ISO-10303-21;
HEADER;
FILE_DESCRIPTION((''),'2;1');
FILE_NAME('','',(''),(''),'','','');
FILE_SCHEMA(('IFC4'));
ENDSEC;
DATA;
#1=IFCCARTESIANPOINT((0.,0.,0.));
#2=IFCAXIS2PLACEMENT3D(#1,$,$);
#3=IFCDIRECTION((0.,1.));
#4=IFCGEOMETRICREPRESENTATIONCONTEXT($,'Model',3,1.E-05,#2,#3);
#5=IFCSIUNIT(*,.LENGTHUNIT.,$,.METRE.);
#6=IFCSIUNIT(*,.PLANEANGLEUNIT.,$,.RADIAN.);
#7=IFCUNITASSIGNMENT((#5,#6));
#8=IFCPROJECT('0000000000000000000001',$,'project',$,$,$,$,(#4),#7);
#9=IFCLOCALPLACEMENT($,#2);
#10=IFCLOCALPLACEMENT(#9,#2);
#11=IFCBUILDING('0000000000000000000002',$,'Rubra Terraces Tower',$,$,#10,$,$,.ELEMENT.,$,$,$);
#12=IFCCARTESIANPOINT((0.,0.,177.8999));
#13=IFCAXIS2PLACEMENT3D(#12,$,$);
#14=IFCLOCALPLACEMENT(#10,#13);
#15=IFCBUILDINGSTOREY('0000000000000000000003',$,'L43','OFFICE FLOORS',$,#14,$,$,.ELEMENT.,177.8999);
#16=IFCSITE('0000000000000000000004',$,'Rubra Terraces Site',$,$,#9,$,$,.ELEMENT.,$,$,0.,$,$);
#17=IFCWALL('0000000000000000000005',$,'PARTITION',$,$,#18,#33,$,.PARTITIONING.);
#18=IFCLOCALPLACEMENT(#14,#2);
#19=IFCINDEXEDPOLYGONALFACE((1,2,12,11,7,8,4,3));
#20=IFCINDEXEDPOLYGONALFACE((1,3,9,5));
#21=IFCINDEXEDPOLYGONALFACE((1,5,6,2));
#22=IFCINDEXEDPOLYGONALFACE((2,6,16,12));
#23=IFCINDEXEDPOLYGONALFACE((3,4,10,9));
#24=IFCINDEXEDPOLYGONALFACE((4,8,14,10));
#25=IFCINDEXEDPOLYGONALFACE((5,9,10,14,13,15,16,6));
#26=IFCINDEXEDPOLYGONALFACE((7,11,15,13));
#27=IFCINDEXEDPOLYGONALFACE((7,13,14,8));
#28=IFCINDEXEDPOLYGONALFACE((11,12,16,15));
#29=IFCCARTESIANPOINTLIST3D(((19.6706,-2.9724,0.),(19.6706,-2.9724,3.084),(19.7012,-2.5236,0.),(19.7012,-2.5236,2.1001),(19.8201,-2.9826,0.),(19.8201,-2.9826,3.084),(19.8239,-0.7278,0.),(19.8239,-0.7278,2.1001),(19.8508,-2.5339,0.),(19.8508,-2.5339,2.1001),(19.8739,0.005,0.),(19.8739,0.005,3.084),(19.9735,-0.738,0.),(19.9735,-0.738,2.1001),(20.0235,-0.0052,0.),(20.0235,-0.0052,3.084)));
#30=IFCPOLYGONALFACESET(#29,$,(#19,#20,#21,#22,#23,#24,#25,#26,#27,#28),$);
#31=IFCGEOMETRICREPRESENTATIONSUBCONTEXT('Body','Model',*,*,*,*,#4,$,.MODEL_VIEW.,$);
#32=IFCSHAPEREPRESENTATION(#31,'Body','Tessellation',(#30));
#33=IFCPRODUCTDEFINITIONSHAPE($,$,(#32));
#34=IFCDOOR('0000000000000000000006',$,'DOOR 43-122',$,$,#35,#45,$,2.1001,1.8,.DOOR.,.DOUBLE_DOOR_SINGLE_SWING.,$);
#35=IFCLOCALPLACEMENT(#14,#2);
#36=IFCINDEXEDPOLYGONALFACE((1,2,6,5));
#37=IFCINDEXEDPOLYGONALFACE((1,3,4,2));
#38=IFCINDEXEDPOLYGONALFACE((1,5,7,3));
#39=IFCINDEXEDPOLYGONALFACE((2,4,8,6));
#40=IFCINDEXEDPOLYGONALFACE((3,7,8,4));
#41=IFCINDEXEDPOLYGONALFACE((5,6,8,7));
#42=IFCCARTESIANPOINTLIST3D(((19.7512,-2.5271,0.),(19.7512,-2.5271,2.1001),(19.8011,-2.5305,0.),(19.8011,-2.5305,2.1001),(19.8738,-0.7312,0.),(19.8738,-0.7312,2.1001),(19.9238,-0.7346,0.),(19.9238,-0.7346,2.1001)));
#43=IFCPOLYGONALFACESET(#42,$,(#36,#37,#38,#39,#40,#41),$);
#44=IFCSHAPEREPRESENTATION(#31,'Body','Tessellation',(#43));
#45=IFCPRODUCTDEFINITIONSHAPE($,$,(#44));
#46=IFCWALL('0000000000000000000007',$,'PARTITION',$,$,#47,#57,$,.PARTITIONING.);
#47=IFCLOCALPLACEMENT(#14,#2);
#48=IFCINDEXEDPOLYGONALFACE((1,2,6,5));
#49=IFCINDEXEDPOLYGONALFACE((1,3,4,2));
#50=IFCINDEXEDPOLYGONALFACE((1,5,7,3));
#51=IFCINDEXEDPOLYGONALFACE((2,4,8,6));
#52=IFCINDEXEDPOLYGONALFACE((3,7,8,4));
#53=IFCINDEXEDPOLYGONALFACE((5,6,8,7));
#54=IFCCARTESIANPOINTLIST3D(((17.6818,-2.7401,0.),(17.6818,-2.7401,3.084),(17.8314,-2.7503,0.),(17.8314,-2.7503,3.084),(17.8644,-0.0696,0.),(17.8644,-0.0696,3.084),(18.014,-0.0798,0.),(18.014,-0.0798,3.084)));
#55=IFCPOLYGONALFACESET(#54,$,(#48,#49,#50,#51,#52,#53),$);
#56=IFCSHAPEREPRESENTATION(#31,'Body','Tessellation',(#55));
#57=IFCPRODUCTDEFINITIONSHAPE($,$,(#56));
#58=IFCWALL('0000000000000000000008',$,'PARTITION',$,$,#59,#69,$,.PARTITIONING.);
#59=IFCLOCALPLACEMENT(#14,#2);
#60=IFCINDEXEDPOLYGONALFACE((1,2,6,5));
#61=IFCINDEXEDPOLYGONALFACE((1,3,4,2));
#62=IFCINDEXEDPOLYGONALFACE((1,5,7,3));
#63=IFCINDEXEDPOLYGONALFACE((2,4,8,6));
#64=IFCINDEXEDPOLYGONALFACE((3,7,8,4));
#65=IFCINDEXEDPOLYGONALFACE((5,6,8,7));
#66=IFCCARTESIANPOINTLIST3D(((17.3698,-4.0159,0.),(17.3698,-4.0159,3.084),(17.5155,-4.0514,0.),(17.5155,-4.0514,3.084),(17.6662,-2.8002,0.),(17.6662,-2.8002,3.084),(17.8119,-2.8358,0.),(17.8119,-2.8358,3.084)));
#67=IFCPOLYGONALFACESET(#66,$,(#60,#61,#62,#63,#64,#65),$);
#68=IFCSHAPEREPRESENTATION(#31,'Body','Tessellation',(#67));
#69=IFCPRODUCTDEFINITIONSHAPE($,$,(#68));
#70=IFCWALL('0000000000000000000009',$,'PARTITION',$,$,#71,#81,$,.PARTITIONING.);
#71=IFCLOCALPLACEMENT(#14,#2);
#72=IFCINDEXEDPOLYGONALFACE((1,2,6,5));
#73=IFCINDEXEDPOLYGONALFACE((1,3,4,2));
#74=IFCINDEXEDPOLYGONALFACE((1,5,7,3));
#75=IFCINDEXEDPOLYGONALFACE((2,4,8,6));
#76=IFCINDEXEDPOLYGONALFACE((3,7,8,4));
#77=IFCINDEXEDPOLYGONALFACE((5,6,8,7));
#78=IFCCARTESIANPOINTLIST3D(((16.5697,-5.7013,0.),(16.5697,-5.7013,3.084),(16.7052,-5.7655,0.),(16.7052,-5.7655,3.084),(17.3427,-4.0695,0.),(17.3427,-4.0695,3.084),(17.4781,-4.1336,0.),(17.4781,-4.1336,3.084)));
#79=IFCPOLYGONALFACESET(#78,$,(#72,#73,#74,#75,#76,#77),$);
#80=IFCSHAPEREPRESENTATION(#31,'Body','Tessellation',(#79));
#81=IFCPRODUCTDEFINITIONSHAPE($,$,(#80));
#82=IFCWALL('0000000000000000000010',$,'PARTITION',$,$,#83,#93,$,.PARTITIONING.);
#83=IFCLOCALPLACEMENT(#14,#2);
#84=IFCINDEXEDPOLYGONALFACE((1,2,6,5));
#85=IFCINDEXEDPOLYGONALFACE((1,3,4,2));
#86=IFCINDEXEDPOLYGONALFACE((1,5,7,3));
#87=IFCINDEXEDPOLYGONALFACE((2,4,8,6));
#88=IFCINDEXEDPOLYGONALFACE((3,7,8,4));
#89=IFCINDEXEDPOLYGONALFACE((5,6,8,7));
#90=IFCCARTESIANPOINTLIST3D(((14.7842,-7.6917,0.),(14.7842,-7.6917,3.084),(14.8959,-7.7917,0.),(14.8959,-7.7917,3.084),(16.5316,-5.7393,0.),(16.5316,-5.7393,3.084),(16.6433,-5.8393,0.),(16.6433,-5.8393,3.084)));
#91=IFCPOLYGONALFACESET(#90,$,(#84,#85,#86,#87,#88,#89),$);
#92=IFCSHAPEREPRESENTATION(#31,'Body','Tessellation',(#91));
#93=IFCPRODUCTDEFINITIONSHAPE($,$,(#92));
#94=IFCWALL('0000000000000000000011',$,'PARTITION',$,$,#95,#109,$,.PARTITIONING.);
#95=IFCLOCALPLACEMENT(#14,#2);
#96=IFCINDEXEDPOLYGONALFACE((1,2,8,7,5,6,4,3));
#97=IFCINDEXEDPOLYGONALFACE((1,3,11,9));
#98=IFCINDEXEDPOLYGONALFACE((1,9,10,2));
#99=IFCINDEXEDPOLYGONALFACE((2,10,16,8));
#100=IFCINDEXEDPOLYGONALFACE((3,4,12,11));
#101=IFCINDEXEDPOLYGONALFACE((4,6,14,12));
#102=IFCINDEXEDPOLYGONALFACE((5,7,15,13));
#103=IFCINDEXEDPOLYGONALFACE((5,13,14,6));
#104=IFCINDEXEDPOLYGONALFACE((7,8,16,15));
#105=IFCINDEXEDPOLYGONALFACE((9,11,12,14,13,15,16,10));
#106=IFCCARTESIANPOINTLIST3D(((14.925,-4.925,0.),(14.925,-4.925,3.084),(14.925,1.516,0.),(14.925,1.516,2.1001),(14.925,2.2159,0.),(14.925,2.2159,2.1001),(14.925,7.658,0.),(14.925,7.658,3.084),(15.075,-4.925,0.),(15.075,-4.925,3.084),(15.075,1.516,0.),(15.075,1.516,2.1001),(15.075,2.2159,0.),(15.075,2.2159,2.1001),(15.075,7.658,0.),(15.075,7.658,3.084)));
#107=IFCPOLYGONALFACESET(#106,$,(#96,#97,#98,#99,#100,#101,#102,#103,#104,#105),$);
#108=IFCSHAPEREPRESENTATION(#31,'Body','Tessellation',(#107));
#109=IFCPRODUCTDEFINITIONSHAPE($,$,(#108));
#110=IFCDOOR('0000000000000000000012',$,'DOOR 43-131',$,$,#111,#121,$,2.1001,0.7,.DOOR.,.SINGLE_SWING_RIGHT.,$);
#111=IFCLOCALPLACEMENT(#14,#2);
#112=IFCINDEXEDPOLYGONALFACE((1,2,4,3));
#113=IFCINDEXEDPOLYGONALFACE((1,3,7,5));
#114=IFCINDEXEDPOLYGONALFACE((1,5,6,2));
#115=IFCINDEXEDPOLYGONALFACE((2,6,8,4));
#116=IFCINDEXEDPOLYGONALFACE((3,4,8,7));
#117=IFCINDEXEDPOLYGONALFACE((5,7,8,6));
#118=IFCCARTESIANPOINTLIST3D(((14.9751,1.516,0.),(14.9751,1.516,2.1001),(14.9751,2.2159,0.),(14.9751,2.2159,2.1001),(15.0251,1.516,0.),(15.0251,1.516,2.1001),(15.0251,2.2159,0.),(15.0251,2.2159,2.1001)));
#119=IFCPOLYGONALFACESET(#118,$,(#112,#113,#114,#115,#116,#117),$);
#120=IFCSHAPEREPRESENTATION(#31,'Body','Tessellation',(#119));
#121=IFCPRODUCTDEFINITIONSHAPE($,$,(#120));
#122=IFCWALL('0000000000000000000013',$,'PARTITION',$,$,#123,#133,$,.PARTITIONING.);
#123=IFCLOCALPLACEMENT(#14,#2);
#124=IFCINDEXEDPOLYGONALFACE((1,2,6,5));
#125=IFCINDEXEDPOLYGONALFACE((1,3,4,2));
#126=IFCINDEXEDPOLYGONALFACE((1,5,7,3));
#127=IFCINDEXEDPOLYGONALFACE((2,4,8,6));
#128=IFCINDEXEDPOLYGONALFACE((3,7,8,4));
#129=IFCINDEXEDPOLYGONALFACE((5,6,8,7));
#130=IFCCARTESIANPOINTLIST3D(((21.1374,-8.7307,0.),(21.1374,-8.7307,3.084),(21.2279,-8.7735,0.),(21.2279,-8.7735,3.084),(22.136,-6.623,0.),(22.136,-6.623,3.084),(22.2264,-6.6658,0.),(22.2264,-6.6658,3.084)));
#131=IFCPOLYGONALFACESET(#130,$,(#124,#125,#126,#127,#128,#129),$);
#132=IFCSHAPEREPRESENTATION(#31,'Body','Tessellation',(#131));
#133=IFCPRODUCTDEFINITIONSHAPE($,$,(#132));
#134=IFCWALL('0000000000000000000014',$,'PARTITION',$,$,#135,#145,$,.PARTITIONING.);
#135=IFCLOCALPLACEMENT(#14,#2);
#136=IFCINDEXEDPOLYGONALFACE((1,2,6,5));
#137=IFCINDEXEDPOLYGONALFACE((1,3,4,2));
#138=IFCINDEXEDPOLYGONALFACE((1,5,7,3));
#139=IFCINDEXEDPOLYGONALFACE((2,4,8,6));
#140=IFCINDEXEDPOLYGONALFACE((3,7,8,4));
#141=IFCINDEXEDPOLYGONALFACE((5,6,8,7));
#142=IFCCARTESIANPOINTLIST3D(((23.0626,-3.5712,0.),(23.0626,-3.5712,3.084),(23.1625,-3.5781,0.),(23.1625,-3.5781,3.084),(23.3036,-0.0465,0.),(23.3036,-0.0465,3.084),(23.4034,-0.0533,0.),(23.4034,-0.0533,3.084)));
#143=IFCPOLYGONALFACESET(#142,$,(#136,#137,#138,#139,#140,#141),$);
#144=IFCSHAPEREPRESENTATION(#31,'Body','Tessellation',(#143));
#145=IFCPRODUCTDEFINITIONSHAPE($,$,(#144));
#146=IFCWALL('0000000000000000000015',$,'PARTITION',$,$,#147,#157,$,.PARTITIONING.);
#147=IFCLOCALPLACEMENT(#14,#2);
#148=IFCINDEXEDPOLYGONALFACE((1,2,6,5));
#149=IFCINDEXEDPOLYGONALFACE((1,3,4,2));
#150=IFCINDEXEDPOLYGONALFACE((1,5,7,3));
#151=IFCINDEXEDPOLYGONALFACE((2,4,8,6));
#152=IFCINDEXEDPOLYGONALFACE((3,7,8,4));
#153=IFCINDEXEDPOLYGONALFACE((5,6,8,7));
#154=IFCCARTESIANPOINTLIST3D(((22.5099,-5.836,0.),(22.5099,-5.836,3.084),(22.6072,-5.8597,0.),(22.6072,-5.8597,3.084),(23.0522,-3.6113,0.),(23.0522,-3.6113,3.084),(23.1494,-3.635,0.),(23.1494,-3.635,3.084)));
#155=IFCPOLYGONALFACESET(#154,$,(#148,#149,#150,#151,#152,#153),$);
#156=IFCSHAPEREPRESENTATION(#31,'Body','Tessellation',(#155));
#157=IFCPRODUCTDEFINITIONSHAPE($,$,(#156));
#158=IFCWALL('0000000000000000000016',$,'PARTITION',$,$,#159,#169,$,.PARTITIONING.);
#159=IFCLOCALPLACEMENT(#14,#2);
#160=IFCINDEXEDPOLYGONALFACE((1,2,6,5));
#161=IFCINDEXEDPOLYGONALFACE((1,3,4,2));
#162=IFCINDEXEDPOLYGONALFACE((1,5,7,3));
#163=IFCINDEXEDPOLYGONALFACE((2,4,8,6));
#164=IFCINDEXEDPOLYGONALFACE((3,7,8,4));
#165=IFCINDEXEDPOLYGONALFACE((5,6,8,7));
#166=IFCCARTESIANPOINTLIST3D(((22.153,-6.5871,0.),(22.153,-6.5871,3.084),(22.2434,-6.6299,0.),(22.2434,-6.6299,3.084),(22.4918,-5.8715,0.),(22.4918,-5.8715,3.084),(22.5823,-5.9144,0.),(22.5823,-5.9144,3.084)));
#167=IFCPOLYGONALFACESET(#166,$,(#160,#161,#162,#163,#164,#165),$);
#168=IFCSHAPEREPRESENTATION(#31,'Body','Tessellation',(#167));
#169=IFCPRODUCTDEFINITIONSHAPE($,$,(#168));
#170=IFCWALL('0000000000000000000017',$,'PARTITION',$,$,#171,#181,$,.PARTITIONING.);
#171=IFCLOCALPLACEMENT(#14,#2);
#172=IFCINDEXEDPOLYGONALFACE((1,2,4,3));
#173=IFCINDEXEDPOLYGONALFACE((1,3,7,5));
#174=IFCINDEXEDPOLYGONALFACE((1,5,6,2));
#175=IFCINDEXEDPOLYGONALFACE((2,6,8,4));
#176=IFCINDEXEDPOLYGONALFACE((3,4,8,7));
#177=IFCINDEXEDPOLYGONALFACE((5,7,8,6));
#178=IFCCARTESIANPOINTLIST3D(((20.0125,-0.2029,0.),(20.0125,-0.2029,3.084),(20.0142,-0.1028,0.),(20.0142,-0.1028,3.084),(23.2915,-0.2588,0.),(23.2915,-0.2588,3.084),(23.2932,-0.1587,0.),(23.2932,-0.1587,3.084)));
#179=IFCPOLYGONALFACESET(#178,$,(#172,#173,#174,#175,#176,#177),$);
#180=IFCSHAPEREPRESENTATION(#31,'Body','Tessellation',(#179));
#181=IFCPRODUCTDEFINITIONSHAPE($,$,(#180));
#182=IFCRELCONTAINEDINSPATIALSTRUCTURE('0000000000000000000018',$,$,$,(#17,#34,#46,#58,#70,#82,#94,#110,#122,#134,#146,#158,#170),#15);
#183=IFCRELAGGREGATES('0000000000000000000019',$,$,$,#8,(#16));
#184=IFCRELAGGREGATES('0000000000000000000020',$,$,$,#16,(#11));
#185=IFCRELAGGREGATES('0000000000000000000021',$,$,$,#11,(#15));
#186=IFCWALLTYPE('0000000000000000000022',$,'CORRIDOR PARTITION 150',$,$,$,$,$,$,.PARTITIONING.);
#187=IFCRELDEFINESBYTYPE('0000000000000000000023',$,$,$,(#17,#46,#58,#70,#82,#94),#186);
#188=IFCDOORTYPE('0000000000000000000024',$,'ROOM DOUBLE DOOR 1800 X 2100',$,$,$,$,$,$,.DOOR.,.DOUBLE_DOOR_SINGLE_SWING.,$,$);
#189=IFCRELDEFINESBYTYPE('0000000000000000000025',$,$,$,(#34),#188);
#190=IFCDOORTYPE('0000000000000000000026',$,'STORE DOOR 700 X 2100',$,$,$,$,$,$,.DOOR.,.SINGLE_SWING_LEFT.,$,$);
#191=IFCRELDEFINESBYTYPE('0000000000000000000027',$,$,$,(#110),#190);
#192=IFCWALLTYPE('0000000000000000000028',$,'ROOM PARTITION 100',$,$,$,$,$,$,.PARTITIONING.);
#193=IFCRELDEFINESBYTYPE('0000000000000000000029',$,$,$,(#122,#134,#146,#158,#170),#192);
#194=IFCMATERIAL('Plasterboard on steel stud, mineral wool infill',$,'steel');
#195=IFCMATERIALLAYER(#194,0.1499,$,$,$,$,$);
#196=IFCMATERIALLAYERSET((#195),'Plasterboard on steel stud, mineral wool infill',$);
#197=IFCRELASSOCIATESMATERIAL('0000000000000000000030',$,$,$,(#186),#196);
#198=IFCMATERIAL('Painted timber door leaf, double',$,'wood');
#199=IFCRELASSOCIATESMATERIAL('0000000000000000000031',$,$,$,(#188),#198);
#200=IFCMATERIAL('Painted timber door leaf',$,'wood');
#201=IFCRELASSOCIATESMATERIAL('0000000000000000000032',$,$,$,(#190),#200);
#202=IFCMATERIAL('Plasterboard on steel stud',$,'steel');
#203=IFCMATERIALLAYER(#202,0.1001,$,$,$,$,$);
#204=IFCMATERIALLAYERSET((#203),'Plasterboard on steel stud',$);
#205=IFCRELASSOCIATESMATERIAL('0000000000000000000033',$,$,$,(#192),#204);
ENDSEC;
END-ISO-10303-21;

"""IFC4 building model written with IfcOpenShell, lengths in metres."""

from ifc_helpers import new_model, si_unit, direction, frame, frame_2d, origin, place, context, subcontext, project, spatial, rectangle, extrude, material, layer, layer_set, type_object, element, fill, save


model = new_model("IFC4")

# Units and contexts
model_context = context("Model", 3, precision=1e-05, world=origin(), true_north=direction((0.0, 1.0)))
body_context = subcontext(model_context, "Body", "Model", "MODEL_VIEW")
ifc_project = project(units=[si_unit("LENGTHUNIT", "METRE"), si_unit("PLANEANGLEUNIT", "RADIAN")], contexts=[model_context])

# Site, building, storey
site_placement = place(None, origin())
site = spatial("IfcSite", under=ifc_project, at=site_placement, Name="Rubra Terraces Site", CompositionType="ELEMENT", RefElevation=0.0)
building_placement = place(site_placement, origin())
building = spatial("IfcBuilding", under=site, at=building_placement, Name="Rubra Terraces Tower", CompositionType="ELEMENT")
storey_placement = place(building_placement, frame((0.0, 0.0, 177.8999)))
storey = spatial("IfcBuildingStorey", under=building, at=storey_placement, Name="L43", Description="OFFICE FLOORS", CompositionType="ELEMENT", Elevation=177.8999)

# Shared definitions
ifc_material_1 = material(Name="Plasterboard on steel stud, mineral wool infill", Category="steel")
ifc_layer_1 = layer(ifc_material_1, 0.1499)
ifc_layer_set_1 = layer_set([ifc_layer_1], Name="Plasterboard on steel stud, mineral wool infill")
wall_type_1 = type_object("IfcWallType", Name="CORRIDOR PARTITION 150", PredefinedType="PARTITIONING", material=ifc_layer_set_1)

# Wall, opening, door
wall_1_placement = place(storey_placement, frame((19.7454, -2.9775, 0.0), z_axis=(0.0, 0.0, 1.0), x_axis=(0.068142, 0.997676, 0.0)))
wall_1 = element("IfcWall", 1, at=wall_1_placement, inside=storey, type_object=wall_type_1, Name="PARTITION", PredefinedType="PARTITIONING", context=body_context, shape_type="SweptSolid", body=[
    extrude(rectangle(XDim=2.9844, YDim=0.1499, at=frame_2d((1.4922, 0.0))), origin(), (0.0, 0.0, 1.0), 3.084),
])
opening_1_placement = place(wall_1_placement, frame((0.45, 0.0, 0.0)))
opening_1 = element("IfcOpeningElement", 2, at=opening_1_placement, cuts=wall_1, PredefinedType="OPENING", context=body_context, shape_type="SweptSolid", body=[
    extrude(rectangle(XDim=1.8, YDim=2.1001, at=frame_2d((0.8999, 1.05))), frame((0.0, 0.085, 0.0), z_axis=(0.0, -1.0, 0.0), x_axis=(1.0, 0.0, 0.0)), (0.0, 0.0, 1.0), 0.1699),
])
ifc_material_2 = material(Name="Painted timber door leaf, double", Category="wood")
door_type_1 = type_object("IfcDoorType", Name="ROOM DOUBLE DOOR 1800 X 2100", OperationType="DOUBLE_DOOR_SINGLE_SWING", PredefinedType="DOOR", material=ifc_material_2)
door_1_placement = place(opening_1_placement, origin())
door_1 = element("IfcDoor", 3, at=door_1_placement, inside=storey, type_object=door_type_1, Name="DOOR 43-122", OperationType="DOUBLE_DOOR_SINGLE_SWING", OverallHeight=2.1001, OverallWidth=1.8, PredefinedType="DOOR", context=body_context, shape_type="SweptSolid", body=[
    extrude(rectangle(XDim=1.8, YDim=2.1001, at=frame_2d((0.8999, 1.05))), frame((0.0, 0.0249, 0.0), z_axis=(0.0, -1.0, 0.0), x_axis=(1.0, 0.0, 0.0)), (0.0, 0.0, 1.0), 0.05),
])
fill(opening_1, door_1)

# Walls
wall_2_placement = place(storey_placement, frame((17.9392, -0.0747, 0.0), z_axis=(0.0, 0.0, 1.0), x_axis=(-0.068226, -0.99767, 0.0)))
element("IfcWall", 4, at=wall_2_placement, inside=storey, type_object=wall_type_1, Name="PARTITION", PredefinedType="PARTITIONING", context=body_context, shape_type="SweptSolid", body=[
    extrude(rectangle(XDim=2.6768, YDim=0.1499, at=frame_2d((1.3384, 0.0))), origin(), (0.0, 0.0, 1.0), 3.084),
])
wall_3_placement = place(storey_placement, frame((17.739, -2.8181, 0.0), z_axis=(0.0, 0.0, 1.0), x_axis=(-0.236884, -0.971538, 0.0)))
element("IfcWall", 5, at=wall_3_placement, inside=storey, type_object=wall_type_1, Name="PARTITION", PredefinedType="PARTITIONING", context=body_context, shape_type="SweptSolid", body=[
    extrude(rectangle(XDim=1.2512, YDim=0.1499, at=frame_2d((0.6255, 0.0))), origin(), (0.0, 0.0, 1.0), 3.084),
])
wall_4_placement = place(storey_placement, frame((17.4104, -4.1016, 0.0), z_axis=(0.0, 0.0, 1.0), x_axis=(-0.428075, -0.903743, 0.0)))
element("IfcWall", 6, at=wall_4_placement, inside=storey, type_object=wall_type_1, Name="PARTITION", PredefinedType="PARTITIONING", context=body_context, shape_type="SweptSolid", body=[
    extrude(rectangle(XDim=1.8057, YDim=0.1499, at=frame_2d((0.9028, 0.0))), origin(), (0.0, 0.0, 1.0), 3.084),
])
wall_5_placement = place(storey_placement, frame((16.5874, -5.7893, 0.0), z_axis=(0.0, 0.0, 1.0), x_axis=(-0.666887, -0.745158, 0.0)))
element("IfcWall", 7, at=wall_5_placement, inside=storey, type_object=wall_type_1, Name="PARTITION", PredefinedType="PARTITIONING", context=body_context, shape_type="SweptSolid", body=[
    extrude(rectangle(XDim=2.6201, YDim=0.1499, at=frame_2d((1.3101, 0.0))), origin(), (0.0, 0.0, 1.0), 3.084),
])

# Wall, opening, door
wall_6_placement = place(storey_placement, frame((15.0, -4.925, 0.0), z_axis=(0.0, 0.0, 1.0), x_axis=(0.0, 1.0, 0.0)))
wall_6 = element("IfcWall", 8, at=wall_6_placement, inside=storey, type_object=wall_type_1, Name="PARTITION", PredefinedType="PARTITIONING", context=body_context, shape_type="SweptSolid", body=[
    extrude(rectangle(XDim=12.583, YDim=0.1499, at=frame_2d((6.2915, 0.0))), origin(), (0.0, 0.0, 1.0), 3.084),
])
opening_2_placement = place(wall_6_placement, frame((6.4409, 0.0, 0.0)))
opening_2 = element("IfcOpeningElement", 9, at=opening_2_placement, cuts=wall_6, PredefinedType="OPENING", context=body_context, shape_type="SweptSolid", body=[
    extrude(rectangle(XDim=0.7, YDim=2.1001, at=frame_2d((0.3501, 1.05))), frame((0.0, 0.085, 0.0), z_axis=(0.0, -1.0, 0.0), x_axis=(1.0, 0.0, 0.0)), (0.0, 0.0, 1.0), 0.1699),
])
ifc_material_3 = material(Name="Painted timber door leaf", Category="wood")
door_type_2 = type_object("IfcDoorType", Name="STORE DOOR 700 X 2100", OperationType="SINGLE_SWING_LEFT", PredefinedType="DOOR", material=ifc_material_3)
door_2_placement = place(opening_2_placement, origin())
door_2 = element("IfcDoor", 10, at=door_2_placement, inside=storey, type_object=door_type_2, Name="DOOR 43-131", OperationType="SINGLE_SWING_RIGHT", OverallHeight=2.1001, OverallWidth=0.7, PredefinedType="DOOR", context=body_context, shape_type="SweptSolid", body=[
    extrude(rectangle(XDim=0.7, YDim=2.1001, at=frame_2d((0.3501, 1.05))), frame((0.0, 0.0249, 0.0), z_axis=(0.0, -1.0, 0.0), x_axis=(1.0, 0.0, 0.0)), (0.0, 0.0, 1.0), 0.05),
])
fill(opening_2, door_2)

# Walls
ifc_material_4 = material(Name="Plasterboard on steel stud", Category="steel")
ifc_layer_2 = layer(ifc_material_4, 0.1001)
ifc_layer_set_2 = layer_set([ifc_layer_2], Name="Plasterboard on steel stud")
wall_type_2 = type_object("IfcWallType", Name="ROOM PARTITION 100", PredefinedType="PARTITIONING", material=ifc_layer_set_2)
wall_7_placement = place(storey_placement, frame((22.1812, -6.6445, 0.0), z_axis=(0.0, 0.0, 1.0), x_axis=(-0.428145, -0.90371, 0.0)))
element("IfcWall", 11, at=wall_7_placement, inside=storey, type_object=wall_type_2, Name="PARTITION", PredefinedType="PARTITIONING", context=body_context, shape_type="SweptSolid", body=[
    extrude(rectangle(XDim=2.3323, YDim=0.1001, at=frame_2d((1.166, 0.0))), origin(), (0.0, 0.0, 1.0), 3.084),
])
wall_8_placement = place(storey_placement, frame((23.3535, -0.0498, 0.0), z_axis=(0.0, 0.0, 1.0), x_axis=(-0.068207, -0.997671, 0.0)))
element("IfcWall", 12, at=wall_8_placement, inside=storey, type_object=wall_type_2, Name="PARTITION", PredefinedType="PARTITIONING", context=body_context, shape_type="SweptSolid", body=[
    extrude(rectangle(XDim=3.533, YDim=0.1001, at=frame_2d((1.7666, 0.0))), origin(), (0.0, 0.0, 1.0), 3.084),
])
wall_9_placement = place(storey_placement, frame((23.1008, -3.623, 0.0), z_axis=(0.0, 0.0, 1.0), x_axis=(-0.236811, -0.971556, 0.0)))
element("IfcWall", 13, at=wall_9_placement, inside=storey, type_object=wall_type_2, Name="PARTITION", PredefinedType="PARTITIONING", context=body_context, shape_type="SweptSolid", body=[
    extrude(rectangle(XDim=2.2898, YDim=0.1001, at=frame_2d((1.145, 0.0))), origin(), (0.0, 0.0, 1.0), 3.084),
])
wall_10_placement = place(storey_placement, frame((22.5371, -5.8928, 0.0), z_axis=(0.0, 0.0, 1.0), x_axis=(-0.427994, -0.903782, 0.0)))
element("IfcWall", 14, at=wall_10_placement, inside=storey, type_object=wall_type_2, Name="PARTITION", PredefinedType="PARTITIONING", context=body_context, shape_type="SweptSolid", body=[
    extrude(rectangle(XDim=0.7917, YDim=0.1001, at=frame_2d((0.396, 0.0))), origin(), (0.0, 0.0, 1.0), 3.084),
])
wall_11_placement = place(storey_placement, frame((20.0134, -0.1528, 0.0), z_axis=(0.0, 0.0, 1.0), x_axis=(0.999855, -0.017048, 0.0)))
element("IfcWall", 15, at=wall_11_placement, inside=storey, type_object=wall_type_2, Name="PARTITION", PredefinedType="PARTITIONING", context=body_context, shape_type="SweptSolid", body=[
    extrude(rectangle(XDim=3.2795, YDim=0.1001, at=frame_2d((1.6396, 0.0))), origin(), (0.0, 0.0, 1.0), 3.084),
])

save(model, "model.ifc")
